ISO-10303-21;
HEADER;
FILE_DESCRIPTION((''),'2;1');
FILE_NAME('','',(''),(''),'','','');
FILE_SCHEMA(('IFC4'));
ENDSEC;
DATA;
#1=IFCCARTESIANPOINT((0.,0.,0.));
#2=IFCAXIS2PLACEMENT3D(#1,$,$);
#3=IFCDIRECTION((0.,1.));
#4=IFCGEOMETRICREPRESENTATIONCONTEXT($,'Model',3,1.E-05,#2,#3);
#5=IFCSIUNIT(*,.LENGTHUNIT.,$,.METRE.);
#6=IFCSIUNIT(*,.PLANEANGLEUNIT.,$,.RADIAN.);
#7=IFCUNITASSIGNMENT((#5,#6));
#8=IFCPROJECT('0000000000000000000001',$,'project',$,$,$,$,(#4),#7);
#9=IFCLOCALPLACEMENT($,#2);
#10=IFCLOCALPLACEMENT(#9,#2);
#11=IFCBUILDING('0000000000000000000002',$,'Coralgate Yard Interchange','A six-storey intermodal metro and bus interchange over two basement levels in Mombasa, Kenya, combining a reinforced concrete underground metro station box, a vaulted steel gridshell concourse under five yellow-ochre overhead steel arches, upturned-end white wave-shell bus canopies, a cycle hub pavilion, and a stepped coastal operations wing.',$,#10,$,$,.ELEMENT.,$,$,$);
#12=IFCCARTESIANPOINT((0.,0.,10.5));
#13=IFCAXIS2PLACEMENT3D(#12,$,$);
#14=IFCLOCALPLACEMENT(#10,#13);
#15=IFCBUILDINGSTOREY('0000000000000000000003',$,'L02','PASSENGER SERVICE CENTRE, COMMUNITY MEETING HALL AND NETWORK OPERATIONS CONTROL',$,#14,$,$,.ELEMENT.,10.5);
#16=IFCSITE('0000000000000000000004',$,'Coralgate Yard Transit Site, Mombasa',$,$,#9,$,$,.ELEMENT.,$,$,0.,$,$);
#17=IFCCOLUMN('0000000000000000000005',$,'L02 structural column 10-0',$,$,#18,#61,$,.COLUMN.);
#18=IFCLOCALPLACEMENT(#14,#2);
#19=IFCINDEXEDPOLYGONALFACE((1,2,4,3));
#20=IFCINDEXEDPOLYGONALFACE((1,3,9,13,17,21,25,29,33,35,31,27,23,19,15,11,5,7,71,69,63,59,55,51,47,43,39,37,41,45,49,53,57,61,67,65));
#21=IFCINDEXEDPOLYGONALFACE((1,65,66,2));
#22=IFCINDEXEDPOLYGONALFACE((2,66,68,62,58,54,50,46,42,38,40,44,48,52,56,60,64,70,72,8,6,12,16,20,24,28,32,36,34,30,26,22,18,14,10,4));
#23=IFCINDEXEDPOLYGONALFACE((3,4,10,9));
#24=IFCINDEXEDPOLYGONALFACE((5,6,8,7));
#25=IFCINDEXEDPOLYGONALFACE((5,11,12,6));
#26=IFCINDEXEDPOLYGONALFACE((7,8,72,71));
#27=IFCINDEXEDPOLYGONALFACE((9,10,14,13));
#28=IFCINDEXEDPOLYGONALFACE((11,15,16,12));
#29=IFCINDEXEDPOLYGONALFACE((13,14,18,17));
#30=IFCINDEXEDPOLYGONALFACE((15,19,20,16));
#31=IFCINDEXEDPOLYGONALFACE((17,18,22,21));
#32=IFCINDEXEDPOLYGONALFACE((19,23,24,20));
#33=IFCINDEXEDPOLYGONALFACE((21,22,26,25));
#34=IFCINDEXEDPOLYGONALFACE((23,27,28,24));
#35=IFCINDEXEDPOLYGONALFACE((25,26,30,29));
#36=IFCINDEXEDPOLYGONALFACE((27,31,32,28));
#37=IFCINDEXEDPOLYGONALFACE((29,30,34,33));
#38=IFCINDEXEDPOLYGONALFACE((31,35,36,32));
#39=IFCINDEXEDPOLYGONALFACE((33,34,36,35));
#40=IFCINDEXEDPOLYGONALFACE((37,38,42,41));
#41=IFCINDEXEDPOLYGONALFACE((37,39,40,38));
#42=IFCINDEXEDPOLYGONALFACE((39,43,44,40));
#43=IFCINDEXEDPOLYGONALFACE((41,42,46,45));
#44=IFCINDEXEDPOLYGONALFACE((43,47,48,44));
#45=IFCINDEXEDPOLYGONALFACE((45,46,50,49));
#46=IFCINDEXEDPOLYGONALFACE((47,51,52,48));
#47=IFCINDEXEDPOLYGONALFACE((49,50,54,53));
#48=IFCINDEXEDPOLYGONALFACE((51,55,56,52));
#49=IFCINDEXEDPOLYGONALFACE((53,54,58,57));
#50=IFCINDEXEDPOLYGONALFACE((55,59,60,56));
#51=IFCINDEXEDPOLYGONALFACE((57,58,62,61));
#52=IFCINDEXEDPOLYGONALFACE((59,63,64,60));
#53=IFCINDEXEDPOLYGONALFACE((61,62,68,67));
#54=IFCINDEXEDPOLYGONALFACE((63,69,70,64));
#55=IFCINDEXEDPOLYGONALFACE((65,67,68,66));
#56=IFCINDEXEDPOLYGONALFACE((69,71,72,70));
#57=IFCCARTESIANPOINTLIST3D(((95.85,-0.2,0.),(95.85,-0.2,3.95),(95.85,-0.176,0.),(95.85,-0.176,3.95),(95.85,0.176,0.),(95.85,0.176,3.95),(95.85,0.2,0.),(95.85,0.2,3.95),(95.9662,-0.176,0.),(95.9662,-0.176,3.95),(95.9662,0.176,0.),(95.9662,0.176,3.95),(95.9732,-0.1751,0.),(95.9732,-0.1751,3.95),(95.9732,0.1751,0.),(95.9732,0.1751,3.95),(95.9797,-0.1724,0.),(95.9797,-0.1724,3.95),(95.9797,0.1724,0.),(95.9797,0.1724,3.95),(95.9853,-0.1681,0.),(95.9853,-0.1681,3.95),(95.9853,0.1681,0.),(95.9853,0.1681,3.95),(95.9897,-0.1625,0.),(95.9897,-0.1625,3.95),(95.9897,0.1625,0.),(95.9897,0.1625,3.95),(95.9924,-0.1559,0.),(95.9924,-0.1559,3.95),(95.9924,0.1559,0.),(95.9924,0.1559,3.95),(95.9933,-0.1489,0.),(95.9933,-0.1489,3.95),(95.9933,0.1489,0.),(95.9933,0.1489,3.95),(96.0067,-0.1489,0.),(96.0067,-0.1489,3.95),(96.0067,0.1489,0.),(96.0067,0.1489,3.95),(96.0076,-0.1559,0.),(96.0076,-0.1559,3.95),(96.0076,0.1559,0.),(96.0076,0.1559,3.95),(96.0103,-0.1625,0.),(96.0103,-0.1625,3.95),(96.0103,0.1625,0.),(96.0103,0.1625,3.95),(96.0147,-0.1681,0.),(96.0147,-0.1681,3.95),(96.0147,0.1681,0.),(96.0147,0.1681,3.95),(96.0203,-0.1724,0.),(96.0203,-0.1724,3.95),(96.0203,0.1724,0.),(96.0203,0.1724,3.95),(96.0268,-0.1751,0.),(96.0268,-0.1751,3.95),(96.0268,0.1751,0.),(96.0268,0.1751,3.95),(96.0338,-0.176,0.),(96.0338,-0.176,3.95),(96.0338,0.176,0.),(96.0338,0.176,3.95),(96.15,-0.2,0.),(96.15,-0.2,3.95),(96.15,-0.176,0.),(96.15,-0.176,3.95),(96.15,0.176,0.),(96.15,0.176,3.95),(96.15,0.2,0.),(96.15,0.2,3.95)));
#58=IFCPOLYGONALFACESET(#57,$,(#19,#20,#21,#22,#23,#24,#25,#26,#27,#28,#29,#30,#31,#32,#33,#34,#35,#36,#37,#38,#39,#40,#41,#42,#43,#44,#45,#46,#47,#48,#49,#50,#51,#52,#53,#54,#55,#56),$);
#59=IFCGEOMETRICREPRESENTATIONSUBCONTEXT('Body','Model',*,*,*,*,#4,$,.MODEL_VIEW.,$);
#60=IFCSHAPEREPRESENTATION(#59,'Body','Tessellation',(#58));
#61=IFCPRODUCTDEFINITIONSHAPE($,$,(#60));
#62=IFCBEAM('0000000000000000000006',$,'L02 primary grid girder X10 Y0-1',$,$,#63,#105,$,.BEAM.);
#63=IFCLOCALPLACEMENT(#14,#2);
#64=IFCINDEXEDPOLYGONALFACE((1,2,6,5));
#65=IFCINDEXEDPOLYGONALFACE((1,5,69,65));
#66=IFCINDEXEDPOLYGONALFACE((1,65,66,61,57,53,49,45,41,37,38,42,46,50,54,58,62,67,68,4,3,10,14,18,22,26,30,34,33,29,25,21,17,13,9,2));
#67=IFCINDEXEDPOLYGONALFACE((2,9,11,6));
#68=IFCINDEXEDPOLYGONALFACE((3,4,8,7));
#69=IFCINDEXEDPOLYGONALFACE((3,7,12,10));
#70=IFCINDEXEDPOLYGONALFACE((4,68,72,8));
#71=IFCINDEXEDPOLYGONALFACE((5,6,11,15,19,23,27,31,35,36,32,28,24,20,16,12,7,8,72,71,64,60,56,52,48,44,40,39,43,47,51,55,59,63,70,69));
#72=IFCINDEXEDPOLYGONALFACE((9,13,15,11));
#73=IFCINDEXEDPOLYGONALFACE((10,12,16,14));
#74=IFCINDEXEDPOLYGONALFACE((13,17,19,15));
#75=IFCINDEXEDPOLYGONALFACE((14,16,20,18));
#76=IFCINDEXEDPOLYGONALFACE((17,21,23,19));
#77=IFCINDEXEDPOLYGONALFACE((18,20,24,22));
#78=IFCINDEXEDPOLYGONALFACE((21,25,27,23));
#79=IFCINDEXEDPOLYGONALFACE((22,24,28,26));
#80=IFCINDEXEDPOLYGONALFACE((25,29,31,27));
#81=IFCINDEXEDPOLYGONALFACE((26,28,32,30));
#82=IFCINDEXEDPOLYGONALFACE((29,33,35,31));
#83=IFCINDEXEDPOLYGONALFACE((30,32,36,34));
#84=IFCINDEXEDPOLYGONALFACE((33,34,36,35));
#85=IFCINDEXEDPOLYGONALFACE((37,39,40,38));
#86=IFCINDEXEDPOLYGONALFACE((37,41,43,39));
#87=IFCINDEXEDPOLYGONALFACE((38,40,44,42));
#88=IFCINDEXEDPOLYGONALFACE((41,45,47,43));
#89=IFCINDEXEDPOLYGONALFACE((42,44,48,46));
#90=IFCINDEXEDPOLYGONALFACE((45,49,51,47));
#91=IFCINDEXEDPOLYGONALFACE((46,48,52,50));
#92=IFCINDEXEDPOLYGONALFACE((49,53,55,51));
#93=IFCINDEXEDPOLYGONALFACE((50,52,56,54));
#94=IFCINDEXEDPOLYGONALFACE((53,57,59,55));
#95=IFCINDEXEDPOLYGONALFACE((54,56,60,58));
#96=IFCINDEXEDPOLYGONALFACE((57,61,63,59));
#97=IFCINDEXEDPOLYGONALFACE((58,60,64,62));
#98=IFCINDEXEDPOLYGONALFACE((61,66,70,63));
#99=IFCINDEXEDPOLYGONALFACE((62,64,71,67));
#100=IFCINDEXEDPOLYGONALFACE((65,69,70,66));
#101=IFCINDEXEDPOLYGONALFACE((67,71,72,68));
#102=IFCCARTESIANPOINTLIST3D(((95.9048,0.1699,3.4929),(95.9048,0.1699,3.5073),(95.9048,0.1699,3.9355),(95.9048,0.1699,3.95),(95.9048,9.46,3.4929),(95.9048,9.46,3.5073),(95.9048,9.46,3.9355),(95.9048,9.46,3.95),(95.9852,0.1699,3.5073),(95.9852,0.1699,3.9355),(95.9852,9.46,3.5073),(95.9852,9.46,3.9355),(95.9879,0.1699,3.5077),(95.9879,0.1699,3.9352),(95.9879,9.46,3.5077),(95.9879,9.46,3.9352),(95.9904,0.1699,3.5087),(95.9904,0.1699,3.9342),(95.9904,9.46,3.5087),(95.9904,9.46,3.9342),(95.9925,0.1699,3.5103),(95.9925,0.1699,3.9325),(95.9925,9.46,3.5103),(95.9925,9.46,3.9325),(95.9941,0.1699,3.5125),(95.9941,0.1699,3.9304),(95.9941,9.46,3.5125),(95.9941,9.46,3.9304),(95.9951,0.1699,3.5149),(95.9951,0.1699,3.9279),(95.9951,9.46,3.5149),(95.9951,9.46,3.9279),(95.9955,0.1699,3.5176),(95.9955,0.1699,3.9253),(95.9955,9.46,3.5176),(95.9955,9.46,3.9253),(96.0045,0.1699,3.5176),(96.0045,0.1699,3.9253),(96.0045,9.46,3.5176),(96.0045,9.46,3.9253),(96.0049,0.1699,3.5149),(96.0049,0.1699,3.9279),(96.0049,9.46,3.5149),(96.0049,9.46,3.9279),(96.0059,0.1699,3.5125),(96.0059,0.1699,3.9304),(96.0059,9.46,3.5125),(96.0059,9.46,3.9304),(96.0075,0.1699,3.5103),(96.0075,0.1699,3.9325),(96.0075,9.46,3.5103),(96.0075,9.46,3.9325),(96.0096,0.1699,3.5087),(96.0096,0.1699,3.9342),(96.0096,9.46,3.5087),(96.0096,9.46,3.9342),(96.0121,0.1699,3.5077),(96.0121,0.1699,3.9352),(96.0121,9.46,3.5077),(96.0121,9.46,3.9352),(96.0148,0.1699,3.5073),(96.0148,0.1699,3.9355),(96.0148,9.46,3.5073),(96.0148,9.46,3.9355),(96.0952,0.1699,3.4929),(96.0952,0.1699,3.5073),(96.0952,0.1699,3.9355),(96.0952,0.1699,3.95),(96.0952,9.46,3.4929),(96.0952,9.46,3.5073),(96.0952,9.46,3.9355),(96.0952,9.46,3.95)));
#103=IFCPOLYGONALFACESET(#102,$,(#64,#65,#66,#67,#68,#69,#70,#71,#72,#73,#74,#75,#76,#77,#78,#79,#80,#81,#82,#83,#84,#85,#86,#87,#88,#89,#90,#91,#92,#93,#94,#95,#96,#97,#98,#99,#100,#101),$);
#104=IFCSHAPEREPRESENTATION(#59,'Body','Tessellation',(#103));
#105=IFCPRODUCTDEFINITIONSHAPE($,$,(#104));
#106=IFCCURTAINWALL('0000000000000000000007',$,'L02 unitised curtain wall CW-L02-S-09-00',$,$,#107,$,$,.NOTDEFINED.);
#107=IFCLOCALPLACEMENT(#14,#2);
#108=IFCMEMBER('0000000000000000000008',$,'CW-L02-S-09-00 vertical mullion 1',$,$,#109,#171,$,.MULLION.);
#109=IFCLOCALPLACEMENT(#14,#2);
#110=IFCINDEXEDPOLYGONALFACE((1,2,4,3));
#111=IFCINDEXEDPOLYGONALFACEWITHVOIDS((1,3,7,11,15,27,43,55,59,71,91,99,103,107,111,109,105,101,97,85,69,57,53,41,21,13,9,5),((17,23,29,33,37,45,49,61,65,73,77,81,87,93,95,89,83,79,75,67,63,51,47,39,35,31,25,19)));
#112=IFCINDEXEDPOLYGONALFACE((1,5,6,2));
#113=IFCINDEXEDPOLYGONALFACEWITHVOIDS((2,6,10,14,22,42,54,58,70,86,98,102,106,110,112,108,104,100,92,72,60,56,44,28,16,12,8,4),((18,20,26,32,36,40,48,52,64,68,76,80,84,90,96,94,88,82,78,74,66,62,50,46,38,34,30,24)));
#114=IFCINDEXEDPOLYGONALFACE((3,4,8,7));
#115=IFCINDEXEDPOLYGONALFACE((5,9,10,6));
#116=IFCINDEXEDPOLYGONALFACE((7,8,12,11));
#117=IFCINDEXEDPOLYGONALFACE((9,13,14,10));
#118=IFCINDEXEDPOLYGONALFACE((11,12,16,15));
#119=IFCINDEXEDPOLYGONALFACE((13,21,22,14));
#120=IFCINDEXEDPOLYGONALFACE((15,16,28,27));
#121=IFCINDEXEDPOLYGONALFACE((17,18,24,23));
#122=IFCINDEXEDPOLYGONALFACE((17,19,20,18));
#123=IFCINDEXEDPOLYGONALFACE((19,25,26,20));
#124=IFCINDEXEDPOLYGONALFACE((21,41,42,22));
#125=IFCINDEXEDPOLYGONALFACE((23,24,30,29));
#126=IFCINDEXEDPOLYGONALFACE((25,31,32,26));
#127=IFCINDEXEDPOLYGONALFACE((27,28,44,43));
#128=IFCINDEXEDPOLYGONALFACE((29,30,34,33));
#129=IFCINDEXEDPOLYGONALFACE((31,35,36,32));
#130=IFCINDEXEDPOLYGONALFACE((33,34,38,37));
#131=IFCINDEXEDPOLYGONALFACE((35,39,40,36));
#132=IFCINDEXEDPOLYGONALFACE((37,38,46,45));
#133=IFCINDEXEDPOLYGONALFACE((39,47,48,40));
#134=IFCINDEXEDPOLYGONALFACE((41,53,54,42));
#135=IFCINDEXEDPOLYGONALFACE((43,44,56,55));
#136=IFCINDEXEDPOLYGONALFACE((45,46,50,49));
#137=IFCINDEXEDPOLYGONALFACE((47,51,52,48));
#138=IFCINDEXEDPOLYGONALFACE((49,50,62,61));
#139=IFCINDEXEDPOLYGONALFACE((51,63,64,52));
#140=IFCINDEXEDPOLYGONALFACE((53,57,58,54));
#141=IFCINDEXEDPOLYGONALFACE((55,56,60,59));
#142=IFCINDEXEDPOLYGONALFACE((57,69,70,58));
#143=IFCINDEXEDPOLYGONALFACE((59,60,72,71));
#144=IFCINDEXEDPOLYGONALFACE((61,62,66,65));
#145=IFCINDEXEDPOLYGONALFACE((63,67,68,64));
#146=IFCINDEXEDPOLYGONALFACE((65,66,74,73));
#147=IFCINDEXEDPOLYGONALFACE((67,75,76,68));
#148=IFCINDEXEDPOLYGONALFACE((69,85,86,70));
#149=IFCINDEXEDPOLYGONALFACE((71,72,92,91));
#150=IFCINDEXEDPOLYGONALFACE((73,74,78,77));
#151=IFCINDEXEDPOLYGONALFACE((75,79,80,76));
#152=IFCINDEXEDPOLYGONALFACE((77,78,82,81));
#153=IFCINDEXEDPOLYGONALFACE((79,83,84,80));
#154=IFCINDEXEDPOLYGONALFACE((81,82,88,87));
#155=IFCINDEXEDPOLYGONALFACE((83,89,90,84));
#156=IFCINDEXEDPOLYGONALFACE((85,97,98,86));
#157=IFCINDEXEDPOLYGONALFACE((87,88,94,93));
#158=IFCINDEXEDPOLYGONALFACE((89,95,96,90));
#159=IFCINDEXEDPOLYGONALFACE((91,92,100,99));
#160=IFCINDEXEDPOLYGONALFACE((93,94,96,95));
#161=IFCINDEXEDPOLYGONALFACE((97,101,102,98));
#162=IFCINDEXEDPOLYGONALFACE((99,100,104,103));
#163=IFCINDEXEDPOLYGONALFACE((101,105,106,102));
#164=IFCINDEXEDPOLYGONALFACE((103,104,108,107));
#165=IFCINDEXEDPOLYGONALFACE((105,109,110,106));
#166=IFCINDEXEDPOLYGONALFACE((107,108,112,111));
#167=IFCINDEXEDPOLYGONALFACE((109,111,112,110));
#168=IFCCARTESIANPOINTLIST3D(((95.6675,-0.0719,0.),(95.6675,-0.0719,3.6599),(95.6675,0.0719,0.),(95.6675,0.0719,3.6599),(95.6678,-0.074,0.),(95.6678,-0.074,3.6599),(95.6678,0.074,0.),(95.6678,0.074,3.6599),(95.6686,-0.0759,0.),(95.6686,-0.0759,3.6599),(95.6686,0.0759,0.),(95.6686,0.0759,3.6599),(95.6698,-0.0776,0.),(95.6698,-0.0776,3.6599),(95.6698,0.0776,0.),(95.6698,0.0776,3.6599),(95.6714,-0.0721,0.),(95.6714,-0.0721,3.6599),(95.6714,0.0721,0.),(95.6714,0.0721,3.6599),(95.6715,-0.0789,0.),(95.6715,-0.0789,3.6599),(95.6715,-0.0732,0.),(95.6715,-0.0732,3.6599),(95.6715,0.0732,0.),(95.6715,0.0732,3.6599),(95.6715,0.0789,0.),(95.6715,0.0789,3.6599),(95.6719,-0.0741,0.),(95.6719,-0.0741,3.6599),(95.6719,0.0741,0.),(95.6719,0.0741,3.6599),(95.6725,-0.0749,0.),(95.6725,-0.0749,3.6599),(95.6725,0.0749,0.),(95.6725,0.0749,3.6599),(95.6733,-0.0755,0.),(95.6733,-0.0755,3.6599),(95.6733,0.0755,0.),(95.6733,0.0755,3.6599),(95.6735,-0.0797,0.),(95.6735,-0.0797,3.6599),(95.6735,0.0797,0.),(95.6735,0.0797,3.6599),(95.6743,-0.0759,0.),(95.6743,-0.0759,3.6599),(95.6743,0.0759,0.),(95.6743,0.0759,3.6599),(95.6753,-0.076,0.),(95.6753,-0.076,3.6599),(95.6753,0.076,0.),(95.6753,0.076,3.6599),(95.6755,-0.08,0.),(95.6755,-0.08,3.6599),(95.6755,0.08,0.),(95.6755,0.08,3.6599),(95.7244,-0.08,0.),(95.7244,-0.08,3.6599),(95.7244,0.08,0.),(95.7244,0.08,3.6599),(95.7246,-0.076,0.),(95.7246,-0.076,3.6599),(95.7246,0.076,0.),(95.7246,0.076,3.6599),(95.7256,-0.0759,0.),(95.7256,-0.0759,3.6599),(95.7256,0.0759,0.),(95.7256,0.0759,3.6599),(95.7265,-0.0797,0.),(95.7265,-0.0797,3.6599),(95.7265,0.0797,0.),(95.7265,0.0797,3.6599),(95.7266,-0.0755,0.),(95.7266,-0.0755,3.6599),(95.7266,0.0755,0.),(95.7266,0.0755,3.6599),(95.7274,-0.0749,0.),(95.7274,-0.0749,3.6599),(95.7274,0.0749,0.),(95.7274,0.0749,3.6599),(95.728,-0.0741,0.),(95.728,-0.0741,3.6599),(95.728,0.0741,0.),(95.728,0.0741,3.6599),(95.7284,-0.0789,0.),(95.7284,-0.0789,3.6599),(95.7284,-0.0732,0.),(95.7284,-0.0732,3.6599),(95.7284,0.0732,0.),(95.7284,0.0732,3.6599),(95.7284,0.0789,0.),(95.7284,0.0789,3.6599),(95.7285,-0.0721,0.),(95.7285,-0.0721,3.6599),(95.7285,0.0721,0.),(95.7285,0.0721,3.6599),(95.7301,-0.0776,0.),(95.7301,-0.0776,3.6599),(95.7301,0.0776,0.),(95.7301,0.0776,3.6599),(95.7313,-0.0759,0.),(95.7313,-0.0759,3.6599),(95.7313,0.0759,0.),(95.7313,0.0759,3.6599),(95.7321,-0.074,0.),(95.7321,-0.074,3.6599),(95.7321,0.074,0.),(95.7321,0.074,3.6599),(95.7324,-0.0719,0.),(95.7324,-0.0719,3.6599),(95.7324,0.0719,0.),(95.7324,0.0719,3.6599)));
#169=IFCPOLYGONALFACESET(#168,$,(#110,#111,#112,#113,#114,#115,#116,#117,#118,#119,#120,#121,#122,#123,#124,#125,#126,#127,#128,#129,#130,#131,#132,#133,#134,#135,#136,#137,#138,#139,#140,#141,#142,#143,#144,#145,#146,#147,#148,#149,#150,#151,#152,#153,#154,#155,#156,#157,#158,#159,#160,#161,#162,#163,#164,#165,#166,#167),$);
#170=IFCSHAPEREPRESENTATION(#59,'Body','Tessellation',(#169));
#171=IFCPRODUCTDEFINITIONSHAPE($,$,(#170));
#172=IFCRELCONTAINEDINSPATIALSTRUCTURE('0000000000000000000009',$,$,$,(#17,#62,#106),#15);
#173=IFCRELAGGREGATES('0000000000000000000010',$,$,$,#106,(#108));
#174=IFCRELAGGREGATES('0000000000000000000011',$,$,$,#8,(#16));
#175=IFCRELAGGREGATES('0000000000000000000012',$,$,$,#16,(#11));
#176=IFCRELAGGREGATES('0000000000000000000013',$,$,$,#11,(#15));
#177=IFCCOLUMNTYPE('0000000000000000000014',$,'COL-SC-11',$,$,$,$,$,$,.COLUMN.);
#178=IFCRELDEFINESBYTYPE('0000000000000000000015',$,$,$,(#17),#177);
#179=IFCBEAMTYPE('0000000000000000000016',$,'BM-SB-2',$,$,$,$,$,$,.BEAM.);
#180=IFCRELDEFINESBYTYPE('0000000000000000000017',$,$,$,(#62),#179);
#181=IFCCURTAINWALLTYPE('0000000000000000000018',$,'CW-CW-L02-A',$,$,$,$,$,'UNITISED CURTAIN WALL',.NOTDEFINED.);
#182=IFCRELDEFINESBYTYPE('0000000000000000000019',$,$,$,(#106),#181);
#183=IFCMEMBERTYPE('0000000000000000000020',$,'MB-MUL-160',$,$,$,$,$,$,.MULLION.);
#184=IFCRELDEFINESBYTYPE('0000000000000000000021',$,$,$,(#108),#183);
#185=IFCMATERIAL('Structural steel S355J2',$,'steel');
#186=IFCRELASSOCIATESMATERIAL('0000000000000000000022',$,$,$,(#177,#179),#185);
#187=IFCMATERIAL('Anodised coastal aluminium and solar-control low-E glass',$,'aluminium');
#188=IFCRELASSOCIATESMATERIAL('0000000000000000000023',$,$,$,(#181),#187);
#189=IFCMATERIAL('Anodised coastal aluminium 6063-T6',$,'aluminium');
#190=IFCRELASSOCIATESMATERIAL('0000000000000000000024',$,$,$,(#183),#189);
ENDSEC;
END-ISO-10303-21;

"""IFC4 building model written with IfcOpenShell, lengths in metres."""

from ifc_helpers import new_model, si_unit, direction, frame, origin, origin_2d, place, context, subcontext, project, spatial, hollow_rectangle, i_section, extrude, material, material_profile, profile_set, type_object, element, aggregate, save


model = new_model("IFC4")

# Units and contexts
model_context = context("Model", 3, precision=1e-05, world=origin(), true_north=direction((0.0, 1.0)))
body_context = subcontext(model_context, "Body", "Model", "MODEL_VIEW")
ifc_project = project(units=[si_unit("LENGTHUNIT", "METRE"), si_unit("PLANEANGLEUNIT", "RADIAN")], contexts=[model_context])

# Site, building, storey
site_placement = place(None, origin())
site = spatial("IfcSite", under=ifc_project, at=site_placement, Name="Coralgate Yard Transit Site, Mombasa", CompositionType="ELEMENT", RefElevation=0.0)
building_placement = place(site_placement, origin())
building = spatial("IfcBuilding", under=site, at=building_placement, Name="Coralgate Yard Interchange", Description="A six-storey intermodal metro and bus interchange over two basement levels in Mombasa, Kenya, combining a reinforced concrete underground metro station box, a vaulted steel gridshell concourse under five yellow-ochre overhead steel arches, upturned-end white wave-shell bus canopies, a cycle hub pavilion, and a stepped coastal operations wing.", CompositionType="ELEMENT")
storey_placement = place(building_placement, frame((0.0, 0.0, 10.5)))
storey = spatial("IfcBuildingStorey", under=building, at=storey_placement, Name="L02", Description="PASSENGER SERVICE CENTRE, COMMUNITY MEETING HALL AND NETWORK OPERATIONS CONTROL", CompositionType="ELEMENT", Elevation=10.5)

# Column
ifc_material_1 = material(Name="Structural steel S355J2", Category="steel")
ifc_material_profile_1 = material_profile(ifc_material_1, i_section(OverallWidth=0.3, OverallDepth=0.3999, WebThickness=0.0134, FlangeThickness=0.0239, FilletRadius=0.0271, at=origin_2d()), Name="HEB 400")
ifc_profile_set_1 = profile_set([ifc_material_profile_1], Name="Structural steel S355J2")
column_type = type_object("IfcColumnType", Name="COL-SC-11", PredefinedType="COLUMN", material=ifc_profile_set_1)
column_placement = place(storey_placement, frame((96.0, 0.0, 0.0), z_axis=(0.0, 0.0, 1.0), x_axis=(1.0, 0.0, 0.0)))
element("IfcColumn", 1, at=column_placement, inside=storey, type_object=column_type, Name="L02 structural column 10-0", PredefinedType="COLUMN", context=body_context, shape_type="SweptSolid", body=[
    extrude(i_section(OverallWidth=0.3, OverallDepth=0.3999, WebThickness=0.0134, FlangeThickness=0.0239, FilletRadius=0.0271, at=origin_2d()), origin(), (0.0, 0.0, 1.0), 3.95),
])

# Beam
ifc_material_profile_2 = material_profile(ifc_material_1, i_section(OverallWidth=0.1904, OverallDepth=0.457, WebThickness=0.009, FlangeThickness=0.0144, FilletRadius=0.0103, at=origin_2d()), Name="UB 457x191x74")
ifc_profile_set_2 = profile_set([ifc_material_profile_2], Name="Structural steel S355J2")
beam_type = type_object("IfcBeamType", Name="BM-SB-2", PredefinedType="BEAM", material=ifc_profile_set_2)
beam_placement = place(storey_placement, frame((96.0, 0.1699, 3.7214), z_axis=(0.0, 1.0, 0.0), x_axis=(-1.0, 0.0, 0.0)))
element("IfcBeam", 2, at=beam_placement, inside=storey, type_object=beam_type, Name="L02 primary grid girder X10 Y0-1", PredefinedType="BEAM", context=body_context, shape_type="SweptSolid", body=[
    extrude(i_section(OverallWidth=0.1904, OverallDepth=0.457, WebThickness=0.009, FlangeThickness=0.0144, FilletRadius=0.0103, at=origin_2d()), origin(), (0.0, 0.0, 1.0), 9.29),
])

# Curtain wall, member
ifc_material_2 = material(Name="Anodised coastal aluminium and solar-control low-E glass", Category="aluminium")
curtain_wall_type = type_object("IfcCurtainWallType", Name="CW-CW-L02-A", ElementType="UNITISED CURTAIN WALL", PredefinedType="NOTDEFINED", material=ifc_material_2)
curtain_wall_1_placement = place(storey_placement, origin())
curtain_wall_1 = element("IfcCurtainWall", 3, at=curtain_wall_1_placement, inside=storey, type_object=curtain_wall_type, Name="L02 unitised curtain wall CW-L02-S-09-00", PredefinedType="NOTDEFINED")
ifc_material_3 = material(Name="Anodised coastal aluminium 6063-T6", Category="aluminium")
ifc_material_profile_3 = material_profile(ifc_material_3, hollow_rectangle(XDim=0.0649, YDim=0.1599, WallThickness=0.0039, InnerFilletRadius=0.0039, OuterFilletRadius=0.0081, at=origin_2d()), Name="ALU 65x160x4")
ifc_profile_set_3 = profile_set([ifc_material_profile_3], Name="Anodised coastal aluminium 6063-T6")
member_type_1 = type_object("IfcMemberType", Name="MB-MUL-160", PredefinedType="MULLION", material=ifc_profile_set_3)
member_1_placement = place(storey_placement, frame((95.7, 0.0, 0.0), z_axis=(0.0, 0.0, 1.0), x_axis=(1.0, 0.0, 0.0)))
member_1 = element("IfcMember", 4, at=member_1_placement, type_object=member_type_1, Name="CW-L02-S-09-00 vertical mullion 1", PredefinedType="MULLION", context=body_context, shape_type="SweptSolid", body=[
    extrude(hollow_rectangle(XDim=0.0649, YDim=0.1599, WallThickness=0.0039, InnerFilletRadius=0.0039, OuterFilletRadius=0.0081, at=origin_2d()), origin(), (0.0, 0.0, 1.0), 3.6599),
])

aggregate(curtain_wall_1, [member_1])

save(model, "model.ifc")
